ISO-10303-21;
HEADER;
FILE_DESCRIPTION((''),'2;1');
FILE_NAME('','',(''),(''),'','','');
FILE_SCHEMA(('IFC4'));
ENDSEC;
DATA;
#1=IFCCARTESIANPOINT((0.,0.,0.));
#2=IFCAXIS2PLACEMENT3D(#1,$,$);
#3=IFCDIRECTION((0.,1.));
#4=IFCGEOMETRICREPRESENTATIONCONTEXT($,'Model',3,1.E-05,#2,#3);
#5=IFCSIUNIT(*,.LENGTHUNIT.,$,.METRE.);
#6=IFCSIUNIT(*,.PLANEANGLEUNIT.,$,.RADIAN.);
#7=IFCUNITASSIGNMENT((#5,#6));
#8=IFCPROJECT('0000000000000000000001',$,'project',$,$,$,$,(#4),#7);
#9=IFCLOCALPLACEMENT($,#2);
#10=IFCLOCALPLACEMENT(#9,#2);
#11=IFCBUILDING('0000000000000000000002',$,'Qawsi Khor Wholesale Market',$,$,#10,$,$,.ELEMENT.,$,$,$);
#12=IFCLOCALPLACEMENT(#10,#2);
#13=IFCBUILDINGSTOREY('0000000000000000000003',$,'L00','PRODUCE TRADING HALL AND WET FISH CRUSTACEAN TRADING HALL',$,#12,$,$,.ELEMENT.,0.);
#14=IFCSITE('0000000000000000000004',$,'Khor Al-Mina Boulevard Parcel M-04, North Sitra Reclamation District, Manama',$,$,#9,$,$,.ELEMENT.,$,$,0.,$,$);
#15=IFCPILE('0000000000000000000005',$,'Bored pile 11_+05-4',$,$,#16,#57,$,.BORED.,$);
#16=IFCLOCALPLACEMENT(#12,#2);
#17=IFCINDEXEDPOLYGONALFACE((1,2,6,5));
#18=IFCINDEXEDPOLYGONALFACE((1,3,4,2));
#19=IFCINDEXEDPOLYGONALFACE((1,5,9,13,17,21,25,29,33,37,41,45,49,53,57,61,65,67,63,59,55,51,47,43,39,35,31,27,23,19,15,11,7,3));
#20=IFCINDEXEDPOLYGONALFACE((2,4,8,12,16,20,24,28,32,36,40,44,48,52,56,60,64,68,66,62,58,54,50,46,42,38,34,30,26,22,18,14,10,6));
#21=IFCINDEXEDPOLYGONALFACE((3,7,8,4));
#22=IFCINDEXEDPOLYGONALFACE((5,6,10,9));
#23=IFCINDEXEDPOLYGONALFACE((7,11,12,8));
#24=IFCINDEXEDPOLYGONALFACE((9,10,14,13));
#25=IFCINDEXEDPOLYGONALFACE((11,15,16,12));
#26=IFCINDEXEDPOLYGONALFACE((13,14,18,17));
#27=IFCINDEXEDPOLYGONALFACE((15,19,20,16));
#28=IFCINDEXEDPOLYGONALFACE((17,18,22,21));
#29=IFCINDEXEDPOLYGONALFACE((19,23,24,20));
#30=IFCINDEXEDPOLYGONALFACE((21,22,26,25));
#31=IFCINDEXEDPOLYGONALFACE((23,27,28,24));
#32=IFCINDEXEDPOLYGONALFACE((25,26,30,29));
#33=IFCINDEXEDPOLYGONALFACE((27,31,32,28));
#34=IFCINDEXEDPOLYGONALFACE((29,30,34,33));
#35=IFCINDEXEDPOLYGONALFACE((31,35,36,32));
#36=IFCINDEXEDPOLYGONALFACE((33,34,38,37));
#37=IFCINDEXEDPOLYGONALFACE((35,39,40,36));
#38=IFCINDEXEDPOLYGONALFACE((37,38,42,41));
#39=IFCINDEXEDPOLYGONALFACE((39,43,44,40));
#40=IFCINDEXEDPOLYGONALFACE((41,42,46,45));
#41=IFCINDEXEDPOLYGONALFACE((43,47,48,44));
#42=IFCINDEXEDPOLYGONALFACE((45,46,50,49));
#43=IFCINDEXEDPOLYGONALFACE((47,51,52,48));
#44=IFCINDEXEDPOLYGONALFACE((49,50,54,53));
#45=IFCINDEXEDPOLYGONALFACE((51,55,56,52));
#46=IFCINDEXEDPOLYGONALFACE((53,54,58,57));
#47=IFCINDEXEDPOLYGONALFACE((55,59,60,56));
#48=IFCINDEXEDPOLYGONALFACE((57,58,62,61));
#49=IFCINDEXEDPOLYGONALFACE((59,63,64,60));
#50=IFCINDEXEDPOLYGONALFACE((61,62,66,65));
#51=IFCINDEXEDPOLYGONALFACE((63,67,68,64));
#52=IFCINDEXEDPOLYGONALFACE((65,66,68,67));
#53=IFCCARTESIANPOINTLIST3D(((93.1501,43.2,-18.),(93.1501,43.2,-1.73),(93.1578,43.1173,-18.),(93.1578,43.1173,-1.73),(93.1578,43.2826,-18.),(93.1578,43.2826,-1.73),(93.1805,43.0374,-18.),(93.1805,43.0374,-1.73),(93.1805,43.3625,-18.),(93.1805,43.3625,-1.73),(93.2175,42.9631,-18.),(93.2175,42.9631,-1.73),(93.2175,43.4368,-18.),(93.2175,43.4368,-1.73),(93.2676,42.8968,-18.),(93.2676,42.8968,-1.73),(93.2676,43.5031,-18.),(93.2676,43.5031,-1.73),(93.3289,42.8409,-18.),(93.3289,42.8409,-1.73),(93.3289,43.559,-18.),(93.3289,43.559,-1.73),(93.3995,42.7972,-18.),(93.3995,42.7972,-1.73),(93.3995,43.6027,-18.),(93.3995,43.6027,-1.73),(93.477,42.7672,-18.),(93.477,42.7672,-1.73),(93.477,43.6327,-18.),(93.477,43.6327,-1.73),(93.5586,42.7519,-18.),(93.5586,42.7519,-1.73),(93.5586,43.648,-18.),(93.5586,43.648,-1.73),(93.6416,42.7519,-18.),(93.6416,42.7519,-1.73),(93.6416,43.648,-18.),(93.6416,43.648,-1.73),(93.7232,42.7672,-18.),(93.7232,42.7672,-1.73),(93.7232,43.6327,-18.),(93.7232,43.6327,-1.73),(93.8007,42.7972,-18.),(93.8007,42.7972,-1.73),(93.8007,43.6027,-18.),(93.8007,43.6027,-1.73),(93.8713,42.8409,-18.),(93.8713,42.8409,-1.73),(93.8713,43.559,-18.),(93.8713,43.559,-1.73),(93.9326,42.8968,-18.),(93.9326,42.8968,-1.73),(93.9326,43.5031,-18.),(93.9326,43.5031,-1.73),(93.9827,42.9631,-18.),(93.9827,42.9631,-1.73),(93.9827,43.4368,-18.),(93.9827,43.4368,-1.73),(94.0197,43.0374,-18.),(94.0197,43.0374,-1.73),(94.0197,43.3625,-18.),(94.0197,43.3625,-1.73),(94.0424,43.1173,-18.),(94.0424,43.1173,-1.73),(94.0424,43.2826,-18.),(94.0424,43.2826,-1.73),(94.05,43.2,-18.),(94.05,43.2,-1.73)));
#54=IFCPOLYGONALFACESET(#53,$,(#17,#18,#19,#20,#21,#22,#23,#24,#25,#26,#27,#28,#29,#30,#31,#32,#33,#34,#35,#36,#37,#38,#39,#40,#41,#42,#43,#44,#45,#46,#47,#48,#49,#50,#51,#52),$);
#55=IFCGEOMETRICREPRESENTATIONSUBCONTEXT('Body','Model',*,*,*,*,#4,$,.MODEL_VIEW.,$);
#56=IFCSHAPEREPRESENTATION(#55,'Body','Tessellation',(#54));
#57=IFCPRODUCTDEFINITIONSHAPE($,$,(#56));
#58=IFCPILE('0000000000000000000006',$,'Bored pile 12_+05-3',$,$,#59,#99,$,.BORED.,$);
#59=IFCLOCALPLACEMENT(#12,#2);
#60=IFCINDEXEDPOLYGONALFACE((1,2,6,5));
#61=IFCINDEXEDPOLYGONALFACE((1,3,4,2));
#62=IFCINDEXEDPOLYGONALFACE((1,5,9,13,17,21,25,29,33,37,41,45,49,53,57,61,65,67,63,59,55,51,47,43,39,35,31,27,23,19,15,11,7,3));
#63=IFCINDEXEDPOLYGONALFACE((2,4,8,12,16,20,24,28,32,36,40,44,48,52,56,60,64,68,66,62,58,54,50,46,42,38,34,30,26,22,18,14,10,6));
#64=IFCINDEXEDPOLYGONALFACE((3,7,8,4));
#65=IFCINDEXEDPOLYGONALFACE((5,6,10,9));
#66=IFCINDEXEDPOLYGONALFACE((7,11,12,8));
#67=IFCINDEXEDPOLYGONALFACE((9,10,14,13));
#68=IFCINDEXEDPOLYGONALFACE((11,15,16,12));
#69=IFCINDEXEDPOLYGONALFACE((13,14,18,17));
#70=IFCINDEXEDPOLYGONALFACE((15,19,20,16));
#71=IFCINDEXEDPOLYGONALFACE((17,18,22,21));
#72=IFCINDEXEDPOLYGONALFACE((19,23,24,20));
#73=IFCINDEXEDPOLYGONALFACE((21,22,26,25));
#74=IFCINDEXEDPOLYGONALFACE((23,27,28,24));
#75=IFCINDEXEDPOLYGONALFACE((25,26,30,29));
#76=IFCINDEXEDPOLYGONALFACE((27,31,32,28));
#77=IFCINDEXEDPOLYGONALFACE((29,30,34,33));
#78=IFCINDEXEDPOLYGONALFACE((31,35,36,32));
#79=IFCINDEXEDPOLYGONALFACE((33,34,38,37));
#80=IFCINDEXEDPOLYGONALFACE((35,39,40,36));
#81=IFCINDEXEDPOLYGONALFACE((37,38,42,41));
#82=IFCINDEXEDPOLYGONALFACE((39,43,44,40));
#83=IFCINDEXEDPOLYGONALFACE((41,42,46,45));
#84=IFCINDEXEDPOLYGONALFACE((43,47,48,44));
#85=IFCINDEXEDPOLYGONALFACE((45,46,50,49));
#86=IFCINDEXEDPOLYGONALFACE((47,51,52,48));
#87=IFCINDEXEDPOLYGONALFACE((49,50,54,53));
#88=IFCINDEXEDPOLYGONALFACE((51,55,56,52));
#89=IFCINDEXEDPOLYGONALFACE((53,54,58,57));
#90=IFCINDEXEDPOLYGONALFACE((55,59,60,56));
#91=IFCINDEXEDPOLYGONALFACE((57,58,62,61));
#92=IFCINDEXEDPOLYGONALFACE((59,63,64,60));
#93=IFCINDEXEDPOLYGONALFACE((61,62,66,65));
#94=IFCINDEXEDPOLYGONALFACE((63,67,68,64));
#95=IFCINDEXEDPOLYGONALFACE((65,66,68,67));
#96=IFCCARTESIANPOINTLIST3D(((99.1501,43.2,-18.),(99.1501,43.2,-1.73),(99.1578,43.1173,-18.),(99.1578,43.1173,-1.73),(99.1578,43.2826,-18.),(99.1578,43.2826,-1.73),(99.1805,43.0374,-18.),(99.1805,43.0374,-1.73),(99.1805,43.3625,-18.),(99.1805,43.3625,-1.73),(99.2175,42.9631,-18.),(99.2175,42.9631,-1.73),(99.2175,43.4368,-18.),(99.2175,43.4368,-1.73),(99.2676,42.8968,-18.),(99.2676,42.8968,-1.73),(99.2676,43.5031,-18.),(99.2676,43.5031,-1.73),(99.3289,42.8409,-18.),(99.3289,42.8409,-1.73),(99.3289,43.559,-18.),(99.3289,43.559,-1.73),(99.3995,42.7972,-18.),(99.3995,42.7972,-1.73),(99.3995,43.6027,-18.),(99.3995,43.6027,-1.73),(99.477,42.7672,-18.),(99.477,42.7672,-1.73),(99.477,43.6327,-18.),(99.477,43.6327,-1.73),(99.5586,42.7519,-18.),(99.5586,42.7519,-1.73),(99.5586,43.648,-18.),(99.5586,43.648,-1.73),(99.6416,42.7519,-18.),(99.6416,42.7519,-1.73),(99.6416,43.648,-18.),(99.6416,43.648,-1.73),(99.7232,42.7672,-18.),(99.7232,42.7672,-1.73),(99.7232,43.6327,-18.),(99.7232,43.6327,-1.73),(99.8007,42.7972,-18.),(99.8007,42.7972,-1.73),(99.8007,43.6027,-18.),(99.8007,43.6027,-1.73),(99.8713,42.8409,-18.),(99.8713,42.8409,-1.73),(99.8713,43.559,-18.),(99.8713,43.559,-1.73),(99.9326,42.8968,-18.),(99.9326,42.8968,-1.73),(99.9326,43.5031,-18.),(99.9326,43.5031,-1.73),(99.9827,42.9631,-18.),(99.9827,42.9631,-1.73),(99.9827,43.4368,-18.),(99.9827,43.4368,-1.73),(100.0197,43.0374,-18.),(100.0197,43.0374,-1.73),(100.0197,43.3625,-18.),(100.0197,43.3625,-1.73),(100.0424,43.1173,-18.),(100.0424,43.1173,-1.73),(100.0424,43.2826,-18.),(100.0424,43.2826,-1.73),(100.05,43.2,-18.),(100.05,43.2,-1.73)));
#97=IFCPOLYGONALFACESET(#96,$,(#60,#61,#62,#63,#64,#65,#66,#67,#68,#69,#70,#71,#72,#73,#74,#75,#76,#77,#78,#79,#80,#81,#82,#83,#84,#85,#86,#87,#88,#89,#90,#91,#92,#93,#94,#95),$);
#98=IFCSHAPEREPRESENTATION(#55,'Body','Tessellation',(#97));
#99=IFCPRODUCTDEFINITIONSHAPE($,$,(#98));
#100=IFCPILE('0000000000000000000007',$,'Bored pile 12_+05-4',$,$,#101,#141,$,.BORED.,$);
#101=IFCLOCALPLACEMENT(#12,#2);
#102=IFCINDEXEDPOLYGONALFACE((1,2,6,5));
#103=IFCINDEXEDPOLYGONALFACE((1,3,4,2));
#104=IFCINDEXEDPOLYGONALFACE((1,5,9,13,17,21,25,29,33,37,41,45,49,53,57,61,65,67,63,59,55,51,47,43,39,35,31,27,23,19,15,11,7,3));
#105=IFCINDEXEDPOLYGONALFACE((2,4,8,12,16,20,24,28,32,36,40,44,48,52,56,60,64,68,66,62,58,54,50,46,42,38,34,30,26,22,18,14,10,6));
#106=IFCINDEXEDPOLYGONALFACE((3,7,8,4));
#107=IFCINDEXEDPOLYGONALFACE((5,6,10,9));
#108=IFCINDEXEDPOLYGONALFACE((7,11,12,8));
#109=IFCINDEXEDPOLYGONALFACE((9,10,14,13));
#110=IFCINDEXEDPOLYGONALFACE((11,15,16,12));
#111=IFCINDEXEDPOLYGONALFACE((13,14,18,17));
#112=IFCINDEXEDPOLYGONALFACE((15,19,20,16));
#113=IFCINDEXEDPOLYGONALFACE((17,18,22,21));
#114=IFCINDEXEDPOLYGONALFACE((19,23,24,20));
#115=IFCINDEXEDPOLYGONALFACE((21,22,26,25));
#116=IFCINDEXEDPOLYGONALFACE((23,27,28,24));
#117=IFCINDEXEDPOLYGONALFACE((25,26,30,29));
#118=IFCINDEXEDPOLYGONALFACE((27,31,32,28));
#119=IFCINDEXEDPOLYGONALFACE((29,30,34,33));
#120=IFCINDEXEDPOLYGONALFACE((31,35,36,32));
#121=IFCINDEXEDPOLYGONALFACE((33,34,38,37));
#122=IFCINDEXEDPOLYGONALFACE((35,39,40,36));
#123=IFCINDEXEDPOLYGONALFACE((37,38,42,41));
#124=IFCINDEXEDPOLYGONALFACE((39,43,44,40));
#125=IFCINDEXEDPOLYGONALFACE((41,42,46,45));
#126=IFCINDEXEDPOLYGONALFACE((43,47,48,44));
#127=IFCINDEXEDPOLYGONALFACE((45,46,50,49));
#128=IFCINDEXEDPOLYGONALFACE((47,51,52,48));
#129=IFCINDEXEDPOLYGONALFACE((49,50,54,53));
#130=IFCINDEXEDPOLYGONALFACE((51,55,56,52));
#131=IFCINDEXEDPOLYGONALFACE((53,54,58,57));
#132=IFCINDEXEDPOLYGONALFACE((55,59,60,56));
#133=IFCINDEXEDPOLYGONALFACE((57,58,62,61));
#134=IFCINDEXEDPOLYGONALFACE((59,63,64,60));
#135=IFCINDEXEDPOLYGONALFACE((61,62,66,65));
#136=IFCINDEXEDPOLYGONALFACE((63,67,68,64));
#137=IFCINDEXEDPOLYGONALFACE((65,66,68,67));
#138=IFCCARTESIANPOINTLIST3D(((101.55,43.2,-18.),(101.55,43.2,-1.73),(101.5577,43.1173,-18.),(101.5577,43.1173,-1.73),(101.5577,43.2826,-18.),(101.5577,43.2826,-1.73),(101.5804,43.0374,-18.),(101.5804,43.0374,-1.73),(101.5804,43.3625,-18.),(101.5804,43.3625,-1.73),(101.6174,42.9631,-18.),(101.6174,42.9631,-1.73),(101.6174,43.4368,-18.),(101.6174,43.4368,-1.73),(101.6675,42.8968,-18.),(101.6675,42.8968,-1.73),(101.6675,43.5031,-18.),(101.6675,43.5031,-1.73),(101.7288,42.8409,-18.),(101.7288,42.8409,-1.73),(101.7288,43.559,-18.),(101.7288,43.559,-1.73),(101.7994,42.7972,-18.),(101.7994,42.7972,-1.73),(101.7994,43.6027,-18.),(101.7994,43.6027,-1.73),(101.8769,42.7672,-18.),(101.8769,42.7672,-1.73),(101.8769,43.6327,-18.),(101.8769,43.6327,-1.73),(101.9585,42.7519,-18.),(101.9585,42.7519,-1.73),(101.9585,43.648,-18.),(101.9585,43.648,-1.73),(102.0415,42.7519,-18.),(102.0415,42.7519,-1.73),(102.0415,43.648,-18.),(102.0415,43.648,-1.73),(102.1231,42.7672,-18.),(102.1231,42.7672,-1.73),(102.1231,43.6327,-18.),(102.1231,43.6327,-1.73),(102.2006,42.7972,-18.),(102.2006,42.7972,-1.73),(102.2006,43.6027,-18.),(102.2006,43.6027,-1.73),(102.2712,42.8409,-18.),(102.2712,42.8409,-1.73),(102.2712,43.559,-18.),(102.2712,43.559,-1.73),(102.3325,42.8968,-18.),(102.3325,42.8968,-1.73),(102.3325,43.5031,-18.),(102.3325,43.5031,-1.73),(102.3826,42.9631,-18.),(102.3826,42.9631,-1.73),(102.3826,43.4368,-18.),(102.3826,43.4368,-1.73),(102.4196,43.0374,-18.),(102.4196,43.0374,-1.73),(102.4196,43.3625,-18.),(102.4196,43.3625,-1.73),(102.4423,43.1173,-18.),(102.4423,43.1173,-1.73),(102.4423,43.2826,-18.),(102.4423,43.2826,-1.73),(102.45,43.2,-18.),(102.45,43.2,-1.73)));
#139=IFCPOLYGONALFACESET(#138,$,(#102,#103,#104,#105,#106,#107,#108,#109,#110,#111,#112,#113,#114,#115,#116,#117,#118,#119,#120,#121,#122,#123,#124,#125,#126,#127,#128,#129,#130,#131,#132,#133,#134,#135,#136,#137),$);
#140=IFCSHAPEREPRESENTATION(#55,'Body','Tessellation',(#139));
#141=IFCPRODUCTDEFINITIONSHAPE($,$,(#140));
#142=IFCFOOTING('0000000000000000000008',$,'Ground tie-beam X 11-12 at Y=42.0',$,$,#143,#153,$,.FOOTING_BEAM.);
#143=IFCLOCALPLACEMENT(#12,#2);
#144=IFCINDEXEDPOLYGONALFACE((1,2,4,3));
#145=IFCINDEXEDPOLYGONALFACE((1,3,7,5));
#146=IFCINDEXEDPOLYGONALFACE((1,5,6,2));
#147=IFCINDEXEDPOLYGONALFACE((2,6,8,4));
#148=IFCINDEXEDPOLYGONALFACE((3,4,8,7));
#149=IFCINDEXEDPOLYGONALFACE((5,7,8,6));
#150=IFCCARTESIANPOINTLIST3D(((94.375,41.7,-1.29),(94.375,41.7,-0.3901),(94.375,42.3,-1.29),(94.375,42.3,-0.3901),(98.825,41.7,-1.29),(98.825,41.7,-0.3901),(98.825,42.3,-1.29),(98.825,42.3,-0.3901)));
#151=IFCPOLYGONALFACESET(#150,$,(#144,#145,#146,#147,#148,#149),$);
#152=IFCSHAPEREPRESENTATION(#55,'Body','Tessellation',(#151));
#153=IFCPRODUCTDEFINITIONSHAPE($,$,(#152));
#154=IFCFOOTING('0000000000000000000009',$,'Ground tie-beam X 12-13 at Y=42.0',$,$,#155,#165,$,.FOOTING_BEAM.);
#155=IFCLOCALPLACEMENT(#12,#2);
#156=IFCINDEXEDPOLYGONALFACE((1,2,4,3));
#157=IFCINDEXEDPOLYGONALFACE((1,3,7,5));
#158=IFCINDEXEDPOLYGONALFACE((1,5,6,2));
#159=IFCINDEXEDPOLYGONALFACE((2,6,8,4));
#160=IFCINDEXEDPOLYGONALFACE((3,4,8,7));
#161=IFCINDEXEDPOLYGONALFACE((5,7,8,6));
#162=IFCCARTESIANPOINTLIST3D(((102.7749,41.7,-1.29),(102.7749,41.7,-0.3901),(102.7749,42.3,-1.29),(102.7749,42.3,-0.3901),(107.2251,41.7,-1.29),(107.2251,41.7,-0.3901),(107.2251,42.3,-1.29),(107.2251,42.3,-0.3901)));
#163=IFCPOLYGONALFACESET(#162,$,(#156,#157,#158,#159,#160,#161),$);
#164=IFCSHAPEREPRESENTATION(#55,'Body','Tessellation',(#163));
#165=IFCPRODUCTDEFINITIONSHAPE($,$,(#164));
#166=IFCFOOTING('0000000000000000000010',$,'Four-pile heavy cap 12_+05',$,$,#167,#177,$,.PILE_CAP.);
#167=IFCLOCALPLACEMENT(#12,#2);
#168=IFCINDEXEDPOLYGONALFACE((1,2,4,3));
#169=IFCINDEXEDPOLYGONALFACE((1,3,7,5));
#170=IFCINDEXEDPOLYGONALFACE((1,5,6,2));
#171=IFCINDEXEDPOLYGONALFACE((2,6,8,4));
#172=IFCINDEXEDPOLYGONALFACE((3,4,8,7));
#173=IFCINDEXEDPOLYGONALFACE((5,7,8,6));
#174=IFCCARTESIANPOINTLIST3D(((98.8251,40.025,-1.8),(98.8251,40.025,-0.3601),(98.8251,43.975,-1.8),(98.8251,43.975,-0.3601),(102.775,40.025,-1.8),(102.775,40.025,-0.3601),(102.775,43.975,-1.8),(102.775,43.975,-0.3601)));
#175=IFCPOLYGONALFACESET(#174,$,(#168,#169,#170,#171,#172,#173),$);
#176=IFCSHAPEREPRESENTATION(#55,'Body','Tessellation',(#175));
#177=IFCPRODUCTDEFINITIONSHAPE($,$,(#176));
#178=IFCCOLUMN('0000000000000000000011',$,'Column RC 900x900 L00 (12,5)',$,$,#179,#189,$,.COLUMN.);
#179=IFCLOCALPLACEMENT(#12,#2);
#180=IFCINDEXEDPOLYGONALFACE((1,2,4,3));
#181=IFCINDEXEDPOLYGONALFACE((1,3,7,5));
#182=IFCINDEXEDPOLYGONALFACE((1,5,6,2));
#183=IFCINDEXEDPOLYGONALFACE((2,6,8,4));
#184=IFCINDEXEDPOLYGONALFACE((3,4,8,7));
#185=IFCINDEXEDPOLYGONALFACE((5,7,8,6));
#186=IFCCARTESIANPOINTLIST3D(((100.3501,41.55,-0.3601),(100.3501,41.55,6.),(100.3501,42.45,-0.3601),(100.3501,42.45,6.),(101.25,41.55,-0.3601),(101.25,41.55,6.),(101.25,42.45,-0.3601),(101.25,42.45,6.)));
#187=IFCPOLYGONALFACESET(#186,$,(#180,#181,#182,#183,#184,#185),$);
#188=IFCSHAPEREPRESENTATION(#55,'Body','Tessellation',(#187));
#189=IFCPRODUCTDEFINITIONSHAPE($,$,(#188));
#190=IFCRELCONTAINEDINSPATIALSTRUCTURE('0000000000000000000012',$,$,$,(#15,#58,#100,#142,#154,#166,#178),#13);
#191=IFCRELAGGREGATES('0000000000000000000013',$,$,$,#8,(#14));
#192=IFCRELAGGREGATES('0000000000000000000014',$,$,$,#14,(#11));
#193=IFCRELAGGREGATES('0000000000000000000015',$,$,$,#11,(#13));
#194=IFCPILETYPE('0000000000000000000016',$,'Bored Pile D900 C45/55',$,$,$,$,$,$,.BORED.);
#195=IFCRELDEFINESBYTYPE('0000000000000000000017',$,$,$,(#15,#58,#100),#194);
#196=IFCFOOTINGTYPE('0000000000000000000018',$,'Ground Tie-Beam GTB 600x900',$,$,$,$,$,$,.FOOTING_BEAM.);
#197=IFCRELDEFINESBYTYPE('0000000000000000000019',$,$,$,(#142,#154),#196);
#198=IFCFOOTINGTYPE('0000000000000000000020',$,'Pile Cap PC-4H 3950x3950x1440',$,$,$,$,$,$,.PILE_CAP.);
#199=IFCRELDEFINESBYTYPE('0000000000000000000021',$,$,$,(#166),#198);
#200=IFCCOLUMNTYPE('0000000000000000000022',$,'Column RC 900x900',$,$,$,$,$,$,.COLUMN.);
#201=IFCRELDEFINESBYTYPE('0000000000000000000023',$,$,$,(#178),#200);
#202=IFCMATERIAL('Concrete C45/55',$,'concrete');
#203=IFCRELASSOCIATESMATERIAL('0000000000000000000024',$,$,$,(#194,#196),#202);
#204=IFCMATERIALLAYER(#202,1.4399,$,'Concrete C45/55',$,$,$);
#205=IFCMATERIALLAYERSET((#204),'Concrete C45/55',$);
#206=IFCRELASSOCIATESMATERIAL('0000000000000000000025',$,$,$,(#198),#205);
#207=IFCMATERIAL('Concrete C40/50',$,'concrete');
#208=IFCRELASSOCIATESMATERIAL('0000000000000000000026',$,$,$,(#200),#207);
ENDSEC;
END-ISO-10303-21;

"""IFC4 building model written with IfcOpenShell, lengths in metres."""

from ifc_helpers import new_model, si_unit, direction, frame, origin, origin_2d, place, context, subcontext, project, spatial, rectangle, circle, extrude, material, layer, layer_set, material_profile, profile_set, type_object, element, save


model = new_model("IFC4")

# Units and contexts
model_context = context("Model", 3, precision=1e-05, world=origin(), true_north=direction((0.0, 1.0)))
body_context = subcontext(model_context, "Body", "Model", "MODEL_VIEW")
ifc_project = project(units=[si_unit("LENGTHUNIT", "METRE"), si_unit("PLANEANGLEUNIT", "RADIAN")], contexts=[model_context])

# Site, building, storey
site_placement = place(None, origin())
site = spatial("IfcSite", under=ifc_project, at=site_placement, Name="Khor Al-Mina Boulevard Parcel M-04, North Sitra Reclamation District, Manama", CompositionType="ELEMENT", RefElevation=0.0)
building_placement = place(site_placement, origin())
building = spatial("IfcBuilding", under=site, at=building_placement, Name="Qawsi Khor Wholesale Market", CompositionType="ELEMENT")
storey_placement = place(building_placement, origin())
storey = spatial("IfcBuildingStorey", under=building, at=storey_placement, Name="L00", Description="PRODUCE TRADING HALL AND WET FISH CRUSTACEAN TRADING HALL", CompositionType="ELEMENT", Elevation=0.0)

# Piles
ifc_material_1 = material(Name="Concrete C45/55", Category="concrete")
ifc_material_profile_1 = material_profile(ifc_material_1, circle(Radius=0.45, at=origin_2d()), Name="PILE D900")
ifc_profile_set_1 = profile_set([ifc_material_profile_1], Name="Concrete C45/55")
pile_type = type_object("IfcPileType", Name="Bored Pile D900 C45/55", PredefinedType="BORED", material=ifc_profile_set_1)
for number, where, z_axis, x_axis, name in (
    (1, (93.6001, 43.2, -1.73), (0.0, 0.0, -1.0), (1.0, 0.0, 0.0), "Bored pile 11_+05-4"),
    (2, (99.6001, 43.2, -1.73), (0.0, 0.0, -1.0), (1.0, 0.0, 0.0), "Bored pile 12_+05-3"),
    (3, (102.0, 43.2, -1.73), (0.0, 0.0, -1.0), (1.0, 0.0, 0.0), "Bored pile 12_+05-4"),
):
    element("IfcPile", number, at=place(storey_placement, frame(where, z_axis=z_axis, x_axis=x_axis)), inside=storey, type_object=pile_type, Name=name, PredefinedType="BORED", context=body_context, shape_type="SweptSolid", body=[
        extrude(circle(Radius=0.45, at=origin_2d()), origin(), (0.0, 0.0, 1.0), 16.27),
    ])

# Footings
ifc_material_profile_2 = material_profile(ifc_material_1, rectangle(XDim=0.6001, YDim=0.8999, at=origin_2d()), Name="RC 600x900")
ifc_profile_set_2 = profile_set([ifc_material_profile_2], Name="Concrete C45/55")
footing_type_1 = type_object("IfcFootingType", Name="Ground Tie-Beam GTB 600x900", PredefinedType="FOOTING_BEAM", material=ifc_profile_set_2)
footing_1_placement = place(storey_placement, frame((94.375, 42.0, -0.8401), z_axis=(1.0, 0.0, 0.0), x_axis=(0.0, 1.0, 0.0)))
element("IfcFooting", 4, at=footing_1_placement, inside=storey, type_object=footing_type_1, Name="Ground tie-beam X 11-12 at Y=42.0", PredefinedType="FOOTING_BEAM", context=body_context, shape_type="SweptSolid", body=[
    extrude(rectangle(XDim=0.6001, YDim=0.8999, at=origin_2d()), origin(), (0.0, 0.0, 1.0), 4.45),
])
footing_2_placement = place(storey_placement, frame((102.7749, 42.0, -0.8401), z_axis=(1.0, 0.0, 0.0), x_axis=(0.0, 1.0, 0.0)))
element("IfcFooting", 5, at=footing_2_placement, inside=storey, type_object=footing_type_1, Name="Ground tie-beam X 12-13 at Y=42.0", PredefinedType="FOOTING_BEAM", context=body_context, shape_type="SweptSolid", body=[
    extrude(rectangle(XDim=0.6001, YDim=0.8999, at=origin_2d()), origin(), (0.0, 0.0, 1.0), 4.4502),
])
ifc_layer_1 = layer(ifc_material_1, 1.4399, Name="Concrete C45/55")
ifc_layer_set_1 = layer_set([ifc_layer_1], Name="Concrete C45/55")
footing_type_2 = type_object("IfcFootingType", Name="Pile Cap PC-4H 3950x3950x1440", PredefinedType="PILE_CAP", material=ifc_layer_set_1)
footing_3_placement = place(storey_placement, frame((100.8, 42.0, -1.8), z_axis=(0.0, 0.0, 1.0), x_axis=(1.0, 0.0, 0.0)))
element("IfcFooting", 6, at=footing_3_placement, inside=storey, type_object=footing_type_2, Name="Four-pile heavy cap 12_+05", PredefinedType="PILE_CAP", context=body_context, shape_type="SweptSolid", body=[
    extrude(rectangle(XDim=3.95, YDim=3.95, at=origin_2d()), origin(), (0.0, 0.0, 1.0), 1.4399),
])

# Column
ifc_material_2 = material(Name="Concrete C40/50", Category="concrete")
ifc_material_profile_3 = material_profile(ifc_material_2, rectangle(XDim=0.8999, YDim=0.8999, at=origin_2d()), Name="RC 900x900")
ifc_profile_set_3 = profile_set([ifc_material_profile_3], Name="Concrete C40/50")
column_type = type_object("IfcColumnType", Name="Column RC 900x900", PredefinedType="COLUMN", material=ifc_profile_set_3)
column_placement = place(storey_placement, frame((100.8, 42.0, -0.3601), z_axis=(0.0, 0.0, 1.0), x_axis=(1.0, 0.0, 0.0)))
element("IfcColumn", 7, at=column_placement, inside=storey, type_object=column_type, Name="Column RC 900x900 L00 (12,5)", PredefinedType="COLUMN", context=body_context, shape_type="SweptSolid", body=[
    extrude(rectangle(XDim=0.8999, YDim=0.8999, at=origin_2d()), origin(), (0.0, 0.0, 1.0), 6.3601),
])

save(model, "model.ifc")
